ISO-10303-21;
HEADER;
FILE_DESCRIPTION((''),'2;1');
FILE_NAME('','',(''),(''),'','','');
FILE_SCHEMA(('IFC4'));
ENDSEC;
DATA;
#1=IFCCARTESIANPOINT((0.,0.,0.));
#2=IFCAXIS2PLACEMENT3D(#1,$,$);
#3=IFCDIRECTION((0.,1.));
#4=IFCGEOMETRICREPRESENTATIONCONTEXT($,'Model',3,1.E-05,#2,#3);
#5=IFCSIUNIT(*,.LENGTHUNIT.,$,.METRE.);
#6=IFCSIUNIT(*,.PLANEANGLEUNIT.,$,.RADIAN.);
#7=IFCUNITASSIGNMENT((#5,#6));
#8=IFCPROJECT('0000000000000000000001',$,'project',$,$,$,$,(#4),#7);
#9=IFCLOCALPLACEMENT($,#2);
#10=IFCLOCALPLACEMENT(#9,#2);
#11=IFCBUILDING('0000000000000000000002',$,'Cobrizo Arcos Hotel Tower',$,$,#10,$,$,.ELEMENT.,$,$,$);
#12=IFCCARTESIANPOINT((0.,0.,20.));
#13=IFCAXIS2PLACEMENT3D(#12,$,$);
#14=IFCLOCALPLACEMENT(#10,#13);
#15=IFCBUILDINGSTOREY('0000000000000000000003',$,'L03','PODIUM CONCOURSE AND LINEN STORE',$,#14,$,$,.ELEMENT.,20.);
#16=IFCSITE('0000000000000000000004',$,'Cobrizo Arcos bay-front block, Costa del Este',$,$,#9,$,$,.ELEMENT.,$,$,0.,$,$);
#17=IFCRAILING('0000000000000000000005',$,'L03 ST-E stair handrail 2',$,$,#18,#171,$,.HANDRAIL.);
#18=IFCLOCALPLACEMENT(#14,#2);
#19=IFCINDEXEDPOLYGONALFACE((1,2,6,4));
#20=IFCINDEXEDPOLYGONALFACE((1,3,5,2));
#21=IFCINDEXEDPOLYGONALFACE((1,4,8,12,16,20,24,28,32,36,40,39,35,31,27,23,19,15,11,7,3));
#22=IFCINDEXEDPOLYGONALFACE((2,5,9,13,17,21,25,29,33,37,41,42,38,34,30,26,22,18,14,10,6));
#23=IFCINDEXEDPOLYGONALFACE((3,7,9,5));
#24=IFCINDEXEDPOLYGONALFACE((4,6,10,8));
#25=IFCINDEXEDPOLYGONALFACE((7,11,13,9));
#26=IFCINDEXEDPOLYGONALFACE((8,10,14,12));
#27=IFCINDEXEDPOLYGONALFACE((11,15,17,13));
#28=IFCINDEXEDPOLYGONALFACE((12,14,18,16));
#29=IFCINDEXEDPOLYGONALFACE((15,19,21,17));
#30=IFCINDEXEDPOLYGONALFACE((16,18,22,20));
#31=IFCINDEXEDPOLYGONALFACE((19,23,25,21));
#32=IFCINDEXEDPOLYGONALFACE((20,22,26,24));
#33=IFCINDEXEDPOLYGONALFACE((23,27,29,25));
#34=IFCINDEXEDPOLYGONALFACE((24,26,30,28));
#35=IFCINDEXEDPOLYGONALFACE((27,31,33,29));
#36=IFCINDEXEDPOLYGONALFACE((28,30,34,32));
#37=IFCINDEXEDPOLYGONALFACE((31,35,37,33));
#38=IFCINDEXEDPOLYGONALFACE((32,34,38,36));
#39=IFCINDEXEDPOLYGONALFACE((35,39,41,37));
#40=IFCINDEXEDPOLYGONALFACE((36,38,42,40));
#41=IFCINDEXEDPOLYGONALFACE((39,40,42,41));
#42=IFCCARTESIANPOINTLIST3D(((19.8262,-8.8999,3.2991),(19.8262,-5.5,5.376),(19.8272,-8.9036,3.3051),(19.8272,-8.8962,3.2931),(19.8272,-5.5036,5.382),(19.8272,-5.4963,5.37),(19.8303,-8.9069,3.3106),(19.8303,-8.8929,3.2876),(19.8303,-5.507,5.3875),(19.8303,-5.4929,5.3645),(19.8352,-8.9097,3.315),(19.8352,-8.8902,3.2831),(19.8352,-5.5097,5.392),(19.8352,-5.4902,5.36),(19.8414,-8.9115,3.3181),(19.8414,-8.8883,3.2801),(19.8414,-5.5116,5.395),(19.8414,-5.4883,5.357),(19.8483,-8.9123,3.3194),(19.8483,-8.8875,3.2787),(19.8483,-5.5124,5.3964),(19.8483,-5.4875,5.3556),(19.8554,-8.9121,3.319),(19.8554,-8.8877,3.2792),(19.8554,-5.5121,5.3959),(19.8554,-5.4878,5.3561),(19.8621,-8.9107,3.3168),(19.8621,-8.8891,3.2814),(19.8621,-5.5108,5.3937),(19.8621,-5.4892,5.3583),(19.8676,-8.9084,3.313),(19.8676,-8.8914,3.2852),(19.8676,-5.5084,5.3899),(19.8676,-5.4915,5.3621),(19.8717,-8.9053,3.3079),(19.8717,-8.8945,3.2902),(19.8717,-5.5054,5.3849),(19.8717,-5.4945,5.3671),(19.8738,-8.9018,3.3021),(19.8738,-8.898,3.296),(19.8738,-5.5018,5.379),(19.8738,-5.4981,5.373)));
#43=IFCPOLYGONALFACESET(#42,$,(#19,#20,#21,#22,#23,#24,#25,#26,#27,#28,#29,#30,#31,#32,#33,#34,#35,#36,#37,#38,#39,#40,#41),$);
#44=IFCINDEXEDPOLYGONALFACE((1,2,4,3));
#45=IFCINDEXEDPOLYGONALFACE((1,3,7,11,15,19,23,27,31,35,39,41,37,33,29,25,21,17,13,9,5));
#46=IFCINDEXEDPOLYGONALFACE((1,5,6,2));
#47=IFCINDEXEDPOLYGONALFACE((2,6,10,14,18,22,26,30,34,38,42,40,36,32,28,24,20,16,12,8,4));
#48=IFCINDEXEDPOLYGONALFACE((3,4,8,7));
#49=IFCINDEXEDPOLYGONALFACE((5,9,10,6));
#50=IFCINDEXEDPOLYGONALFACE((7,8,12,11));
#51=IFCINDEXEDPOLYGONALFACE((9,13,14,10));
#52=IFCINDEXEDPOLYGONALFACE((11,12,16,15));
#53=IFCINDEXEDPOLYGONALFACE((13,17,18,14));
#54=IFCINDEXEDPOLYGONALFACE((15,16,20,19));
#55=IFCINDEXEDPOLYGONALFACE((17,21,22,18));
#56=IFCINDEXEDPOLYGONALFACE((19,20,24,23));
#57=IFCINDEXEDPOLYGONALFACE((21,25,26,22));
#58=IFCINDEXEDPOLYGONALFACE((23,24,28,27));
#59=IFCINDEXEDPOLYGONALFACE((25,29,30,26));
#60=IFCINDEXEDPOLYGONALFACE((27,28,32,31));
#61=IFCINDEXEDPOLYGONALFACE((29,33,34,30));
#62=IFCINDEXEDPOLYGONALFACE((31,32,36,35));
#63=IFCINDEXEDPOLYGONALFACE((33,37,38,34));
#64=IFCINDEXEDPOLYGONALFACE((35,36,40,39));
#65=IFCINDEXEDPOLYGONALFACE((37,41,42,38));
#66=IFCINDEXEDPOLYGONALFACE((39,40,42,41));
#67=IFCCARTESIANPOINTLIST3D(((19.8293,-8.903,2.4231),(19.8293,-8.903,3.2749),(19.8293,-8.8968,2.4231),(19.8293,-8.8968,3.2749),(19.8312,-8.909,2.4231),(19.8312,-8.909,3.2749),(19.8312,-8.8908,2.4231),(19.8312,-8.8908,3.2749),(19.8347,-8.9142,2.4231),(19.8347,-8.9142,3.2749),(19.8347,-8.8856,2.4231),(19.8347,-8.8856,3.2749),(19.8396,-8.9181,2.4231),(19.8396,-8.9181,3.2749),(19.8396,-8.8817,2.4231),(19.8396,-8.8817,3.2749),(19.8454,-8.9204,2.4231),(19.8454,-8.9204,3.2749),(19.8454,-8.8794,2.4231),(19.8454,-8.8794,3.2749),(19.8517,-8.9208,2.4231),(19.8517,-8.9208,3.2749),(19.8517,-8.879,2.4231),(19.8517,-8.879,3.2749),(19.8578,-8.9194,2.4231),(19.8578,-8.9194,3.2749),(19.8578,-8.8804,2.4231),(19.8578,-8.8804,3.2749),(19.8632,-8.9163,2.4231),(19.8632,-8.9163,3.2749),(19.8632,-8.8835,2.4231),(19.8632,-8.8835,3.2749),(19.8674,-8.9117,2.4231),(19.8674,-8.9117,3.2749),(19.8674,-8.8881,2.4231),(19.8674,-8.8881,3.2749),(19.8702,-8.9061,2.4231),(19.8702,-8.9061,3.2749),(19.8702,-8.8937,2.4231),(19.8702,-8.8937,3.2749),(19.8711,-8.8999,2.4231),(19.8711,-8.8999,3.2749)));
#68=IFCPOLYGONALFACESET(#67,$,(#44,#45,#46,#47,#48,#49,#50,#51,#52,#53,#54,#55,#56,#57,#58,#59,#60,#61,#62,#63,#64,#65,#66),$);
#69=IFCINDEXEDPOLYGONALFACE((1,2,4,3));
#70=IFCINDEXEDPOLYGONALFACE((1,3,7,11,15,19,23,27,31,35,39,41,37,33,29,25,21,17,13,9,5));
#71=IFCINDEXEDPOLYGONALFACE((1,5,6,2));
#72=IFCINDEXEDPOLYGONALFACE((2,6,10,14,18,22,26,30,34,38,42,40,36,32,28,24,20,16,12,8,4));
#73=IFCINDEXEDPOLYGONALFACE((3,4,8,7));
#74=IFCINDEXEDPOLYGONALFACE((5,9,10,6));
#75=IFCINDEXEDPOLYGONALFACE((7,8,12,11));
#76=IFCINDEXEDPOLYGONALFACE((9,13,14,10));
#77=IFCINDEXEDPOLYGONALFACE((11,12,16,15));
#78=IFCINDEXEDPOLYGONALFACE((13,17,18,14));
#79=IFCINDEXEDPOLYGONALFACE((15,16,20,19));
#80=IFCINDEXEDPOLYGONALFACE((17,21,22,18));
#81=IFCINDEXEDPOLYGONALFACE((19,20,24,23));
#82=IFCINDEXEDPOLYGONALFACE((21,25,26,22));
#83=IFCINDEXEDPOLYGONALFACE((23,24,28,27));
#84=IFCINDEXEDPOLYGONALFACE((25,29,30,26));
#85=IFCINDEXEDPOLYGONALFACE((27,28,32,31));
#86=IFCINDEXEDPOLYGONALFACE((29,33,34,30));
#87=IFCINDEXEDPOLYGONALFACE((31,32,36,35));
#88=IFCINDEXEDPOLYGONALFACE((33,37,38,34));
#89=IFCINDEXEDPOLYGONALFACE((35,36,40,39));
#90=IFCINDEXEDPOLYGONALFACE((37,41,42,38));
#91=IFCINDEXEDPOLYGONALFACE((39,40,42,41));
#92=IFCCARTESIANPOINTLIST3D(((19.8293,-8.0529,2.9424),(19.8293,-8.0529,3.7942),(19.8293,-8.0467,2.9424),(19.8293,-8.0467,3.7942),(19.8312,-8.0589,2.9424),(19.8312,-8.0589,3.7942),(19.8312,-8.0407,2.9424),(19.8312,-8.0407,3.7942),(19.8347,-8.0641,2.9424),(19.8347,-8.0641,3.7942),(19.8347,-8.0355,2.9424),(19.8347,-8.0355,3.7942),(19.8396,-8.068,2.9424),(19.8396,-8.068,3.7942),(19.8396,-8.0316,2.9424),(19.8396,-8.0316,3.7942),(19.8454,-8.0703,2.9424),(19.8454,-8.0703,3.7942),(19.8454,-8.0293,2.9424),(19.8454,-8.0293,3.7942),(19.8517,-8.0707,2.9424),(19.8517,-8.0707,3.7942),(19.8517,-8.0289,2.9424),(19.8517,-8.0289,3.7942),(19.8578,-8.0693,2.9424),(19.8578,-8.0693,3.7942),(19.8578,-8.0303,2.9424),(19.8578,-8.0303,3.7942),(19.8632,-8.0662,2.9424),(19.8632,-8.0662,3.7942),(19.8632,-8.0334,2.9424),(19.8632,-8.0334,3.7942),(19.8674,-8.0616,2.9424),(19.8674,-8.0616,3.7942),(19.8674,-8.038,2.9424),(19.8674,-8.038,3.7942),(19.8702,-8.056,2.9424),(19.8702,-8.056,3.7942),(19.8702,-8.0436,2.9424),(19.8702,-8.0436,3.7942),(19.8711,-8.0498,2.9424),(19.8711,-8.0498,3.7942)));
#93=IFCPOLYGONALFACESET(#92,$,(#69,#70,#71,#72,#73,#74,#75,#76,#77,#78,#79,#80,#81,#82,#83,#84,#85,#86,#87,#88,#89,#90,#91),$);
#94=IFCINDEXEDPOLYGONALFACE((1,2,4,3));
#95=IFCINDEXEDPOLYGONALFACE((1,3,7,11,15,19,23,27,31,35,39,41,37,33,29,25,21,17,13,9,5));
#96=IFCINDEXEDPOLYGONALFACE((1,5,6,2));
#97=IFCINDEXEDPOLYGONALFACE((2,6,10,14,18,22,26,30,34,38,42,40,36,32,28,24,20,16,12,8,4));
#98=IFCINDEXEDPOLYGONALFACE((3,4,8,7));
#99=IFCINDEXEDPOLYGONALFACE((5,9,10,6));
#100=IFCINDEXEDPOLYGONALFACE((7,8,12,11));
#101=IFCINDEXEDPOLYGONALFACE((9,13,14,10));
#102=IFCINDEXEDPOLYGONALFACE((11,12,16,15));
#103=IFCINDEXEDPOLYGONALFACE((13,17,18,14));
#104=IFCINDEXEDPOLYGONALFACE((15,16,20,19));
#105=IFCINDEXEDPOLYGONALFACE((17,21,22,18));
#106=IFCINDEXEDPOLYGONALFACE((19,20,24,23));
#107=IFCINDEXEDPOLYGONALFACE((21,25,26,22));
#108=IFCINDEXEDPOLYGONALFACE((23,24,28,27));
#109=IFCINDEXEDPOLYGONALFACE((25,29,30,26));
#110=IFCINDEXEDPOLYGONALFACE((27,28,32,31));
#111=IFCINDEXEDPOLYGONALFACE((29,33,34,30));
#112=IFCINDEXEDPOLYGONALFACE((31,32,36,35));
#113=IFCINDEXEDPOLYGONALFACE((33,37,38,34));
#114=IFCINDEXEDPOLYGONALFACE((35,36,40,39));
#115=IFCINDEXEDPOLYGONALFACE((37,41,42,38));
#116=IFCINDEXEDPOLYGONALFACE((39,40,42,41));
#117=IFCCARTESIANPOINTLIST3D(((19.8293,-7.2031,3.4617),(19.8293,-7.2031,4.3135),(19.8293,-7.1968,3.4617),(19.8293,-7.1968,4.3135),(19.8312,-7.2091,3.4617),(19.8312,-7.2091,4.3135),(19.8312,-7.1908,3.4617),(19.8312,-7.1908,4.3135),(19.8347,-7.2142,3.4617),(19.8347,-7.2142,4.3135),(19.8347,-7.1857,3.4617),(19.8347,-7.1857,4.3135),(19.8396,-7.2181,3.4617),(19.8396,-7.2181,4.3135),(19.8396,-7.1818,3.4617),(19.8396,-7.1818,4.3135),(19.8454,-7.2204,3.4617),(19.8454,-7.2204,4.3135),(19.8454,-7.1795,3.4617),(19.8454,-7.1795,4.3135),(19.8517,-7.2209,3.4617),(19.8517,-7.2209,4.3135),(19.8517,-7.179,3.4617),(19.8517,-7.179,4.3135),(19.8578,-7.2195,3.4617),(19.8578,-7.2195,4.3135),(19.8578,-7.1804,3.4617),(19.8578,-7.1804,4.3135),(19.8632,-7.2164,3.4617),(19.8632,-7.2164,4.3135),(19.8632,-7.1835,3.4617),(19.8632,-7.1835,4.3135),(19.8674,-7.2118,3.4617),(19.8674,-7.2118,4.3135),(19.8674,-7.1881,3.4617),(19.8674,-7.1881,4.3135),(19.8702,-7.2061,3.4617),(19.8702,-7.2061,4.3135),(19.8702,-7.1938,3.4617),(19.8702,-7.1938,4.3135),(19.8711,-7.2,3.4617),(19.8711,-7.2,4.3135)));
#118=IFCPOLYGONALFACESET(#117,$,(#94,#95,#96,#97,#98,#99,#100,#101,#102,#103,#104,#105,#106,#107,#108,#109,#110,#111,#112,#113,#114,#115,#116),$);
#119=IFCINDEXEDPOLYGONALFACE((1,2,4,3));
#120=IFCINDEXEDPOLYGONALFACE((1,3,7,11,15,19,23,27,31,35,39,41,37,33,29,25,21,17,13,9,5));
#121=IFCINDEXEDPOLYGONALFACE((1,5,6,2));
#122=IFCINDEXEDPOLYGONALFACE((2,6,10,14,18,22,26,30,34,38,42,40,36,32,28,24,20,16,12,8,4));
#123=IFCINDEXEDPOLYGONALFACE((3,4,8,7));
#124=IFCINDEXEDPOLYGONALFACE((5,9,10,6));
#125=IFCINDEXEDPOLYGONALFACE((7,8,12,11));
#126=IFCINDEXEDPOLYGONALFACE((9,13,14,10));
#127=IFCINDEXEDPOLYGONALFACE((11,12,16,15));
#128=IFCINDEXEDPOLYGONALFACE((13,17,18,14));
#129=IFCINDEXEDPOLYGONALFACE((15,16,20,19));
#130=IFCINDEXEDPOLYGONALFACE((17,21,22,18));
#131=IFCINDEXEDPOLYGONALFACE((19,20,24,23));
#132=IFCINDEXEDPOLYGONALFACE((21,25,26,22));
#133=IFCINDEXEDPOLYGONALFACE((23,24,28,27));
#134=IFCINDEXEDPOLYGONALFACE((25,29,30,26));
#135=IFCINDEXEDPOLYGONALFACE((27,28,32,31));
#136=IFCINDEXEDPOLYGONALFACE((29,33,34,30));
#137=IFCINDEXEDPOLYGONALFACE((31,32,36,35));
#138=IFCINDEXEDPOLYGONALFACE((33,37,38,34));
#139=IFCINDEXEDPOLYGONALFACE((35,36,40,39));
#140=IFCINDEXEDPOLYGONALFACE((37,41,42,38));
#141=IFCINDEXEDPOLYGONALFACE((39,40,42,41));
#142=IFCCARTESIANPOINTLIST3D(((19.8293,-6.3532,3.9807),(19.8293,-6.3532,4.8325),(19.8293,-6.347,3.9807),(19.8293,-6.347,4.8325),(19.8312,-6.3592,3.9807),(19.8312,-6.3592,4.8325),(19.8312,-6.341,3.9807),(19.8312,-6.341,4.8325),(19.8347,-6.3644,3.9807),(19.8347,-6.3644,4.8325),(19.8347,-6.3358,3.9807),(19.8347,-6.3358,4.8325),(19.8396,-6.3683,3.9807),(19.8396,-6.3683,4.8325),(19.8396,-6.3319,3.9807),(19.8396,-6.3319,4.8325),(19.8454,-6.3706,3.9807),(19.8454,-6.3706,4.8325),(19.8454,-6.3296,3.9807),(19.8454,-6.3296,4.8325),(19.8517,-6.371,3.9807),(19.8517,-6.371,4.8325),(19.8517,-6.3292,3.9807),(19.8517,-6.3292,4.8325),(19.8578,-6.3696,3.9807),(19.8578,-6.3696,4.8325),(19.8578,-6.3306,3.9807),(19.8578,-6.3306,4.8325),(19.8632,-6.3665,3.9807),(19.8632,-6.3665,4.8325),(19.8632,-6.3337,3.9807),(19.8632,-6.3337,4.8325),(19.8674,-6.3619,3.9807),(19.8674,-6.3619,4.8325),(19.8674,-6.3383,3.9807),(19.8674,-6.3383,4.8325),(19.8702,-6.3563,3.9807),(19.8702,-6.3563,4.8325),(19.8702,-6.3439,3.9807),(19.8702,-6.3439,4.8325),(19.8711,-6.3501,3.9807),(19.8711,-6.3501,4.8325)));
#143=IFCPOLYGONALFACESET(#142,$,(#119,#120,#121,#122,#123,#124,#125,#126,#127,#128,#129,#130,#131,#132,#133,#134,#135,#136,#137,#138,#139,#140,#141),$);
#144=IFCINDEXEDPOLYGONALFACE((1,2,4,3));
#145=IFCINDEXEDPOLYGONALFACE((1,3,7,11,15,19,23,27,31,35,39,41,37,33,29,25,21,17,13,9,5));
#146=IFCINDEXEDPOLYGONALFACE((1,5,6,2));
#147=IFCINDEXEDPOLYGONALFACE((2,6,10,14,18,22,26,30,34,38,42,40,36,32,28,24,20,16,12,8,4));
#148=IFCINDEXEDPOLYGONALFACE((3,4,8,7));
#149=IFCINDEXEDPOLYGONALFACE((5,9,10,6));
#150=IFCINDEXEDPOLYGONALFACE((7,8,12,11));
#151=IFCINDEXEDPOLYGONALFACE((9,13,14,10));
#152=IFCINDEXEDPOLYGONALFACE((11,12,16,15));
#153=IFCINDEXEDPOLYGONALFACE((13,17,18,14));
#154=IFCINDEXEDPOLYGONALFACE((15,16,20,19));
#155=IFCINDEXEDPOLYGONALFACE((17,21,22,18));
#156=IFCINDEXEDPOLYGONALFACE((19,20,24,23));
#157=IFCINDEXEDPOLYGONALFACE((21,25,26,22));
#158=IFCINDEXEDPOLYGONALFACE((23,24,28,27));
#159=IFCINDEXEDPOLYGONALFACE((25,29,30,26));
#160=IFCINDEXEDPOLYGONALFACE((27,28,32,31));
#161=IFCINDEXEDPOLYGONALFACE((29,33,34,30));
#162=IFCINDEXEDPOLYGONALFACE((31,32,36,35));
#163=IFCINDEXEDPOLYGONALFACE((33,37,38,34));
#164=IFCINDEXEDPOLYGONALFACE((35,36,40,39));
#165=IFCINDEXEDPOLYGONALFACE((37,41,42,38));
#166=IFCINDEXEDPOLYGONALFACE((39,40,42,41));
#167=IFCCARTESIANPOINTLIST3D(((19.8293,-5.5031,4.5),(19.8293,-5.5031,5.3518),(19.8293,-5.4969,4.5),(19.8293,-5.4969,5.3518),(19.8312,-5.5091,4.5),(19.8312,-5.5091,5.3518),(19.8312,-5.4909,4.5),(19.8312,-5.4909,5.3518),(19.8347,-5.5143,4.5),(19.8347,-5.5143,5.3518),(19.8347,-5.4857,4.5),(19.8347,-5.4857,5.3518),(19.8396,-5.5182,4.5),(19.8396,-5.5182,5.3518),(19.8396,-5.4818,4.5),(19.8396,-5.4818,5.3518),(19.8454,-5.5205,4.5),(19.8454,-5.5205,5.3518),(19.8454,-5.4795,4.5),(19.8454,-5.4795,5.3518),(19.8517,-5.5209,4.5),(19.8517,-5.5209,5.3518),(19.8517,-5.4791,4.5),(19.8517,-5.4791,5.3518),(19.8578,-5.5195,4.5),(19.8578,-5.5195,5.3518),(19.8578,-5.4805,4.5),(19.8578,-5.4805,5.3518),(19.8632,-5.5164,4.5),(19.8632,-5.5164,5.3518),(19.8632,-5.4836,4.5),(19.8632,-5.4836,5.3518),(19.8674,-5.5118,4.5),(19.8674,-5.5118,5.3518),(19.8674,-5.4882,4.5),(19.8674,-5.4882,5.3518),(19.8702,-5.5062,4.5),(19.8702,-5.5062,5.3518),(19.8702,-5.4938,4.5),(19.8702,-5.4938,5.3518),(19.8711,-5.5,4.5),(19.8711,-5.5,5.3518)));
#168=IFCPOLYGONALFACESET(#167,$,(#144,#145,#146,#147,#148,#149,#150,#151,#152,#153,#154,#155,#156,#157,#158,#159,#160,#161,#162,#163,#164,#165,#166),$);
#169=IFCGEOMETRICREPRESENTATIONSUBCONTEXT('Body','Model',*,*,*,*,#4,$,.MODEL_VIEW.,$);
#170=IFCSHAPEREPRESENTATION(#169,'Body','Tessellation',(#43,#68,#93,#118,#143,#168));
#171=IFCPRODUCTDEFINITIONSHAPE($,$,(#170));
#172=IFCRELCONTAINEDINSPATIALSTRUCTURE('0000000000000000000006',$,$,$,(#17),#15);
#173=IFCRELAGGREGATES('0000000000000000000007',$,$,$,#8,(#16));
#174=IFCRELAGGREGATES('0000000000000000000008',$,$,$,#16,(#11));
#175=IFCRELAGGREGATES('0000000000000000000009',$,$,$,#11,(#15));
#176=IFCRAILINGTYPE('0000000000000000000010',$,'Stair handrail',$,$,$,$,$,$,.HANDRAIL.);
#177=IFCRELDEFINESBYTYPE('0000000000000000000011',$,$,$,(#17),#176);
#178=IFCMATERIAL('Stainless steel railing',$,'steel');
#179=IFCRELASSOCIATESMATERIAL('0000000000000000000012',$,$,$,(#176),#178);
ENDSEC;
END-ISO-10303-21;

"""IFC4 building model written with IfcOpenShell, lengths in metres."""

from ifc_helpers import new_model, si_unit, direction, frame, origin, origin_2d, place, context, subcontext, project, spatial, circle, extrude, material, type_object, element, save


model = new_model("IFC4")

# Units and contexts
model_context = context("Model", 3, precision=1e-05, world=origin(), true_north=direction((0.0, 1.0)))
body_context = subcontext(model_context, "Body", "Model", "MODEL_VIEW")
ifc_project = project(units=[si_unit("LENGTHUNIT", "METRE"), si_unit("PLANEANGLEUNIT", "RADIAN")], contexts=[model_context])

# Site, building, storey
site_placement = place(None, origin())
site = spatial("IfcSite", under=ifc_project, at=site_placement, Name="Cobrizo Arcos bay-front block, Costa del Este", CompositionType="ELEMENT", RefElevation=0.0)
building_placement = place(site_placement, origin())
building = spatial("IfcBuilding", under=site, at=building_placement, Name="Cobrizo Arcos Hotel Tower", CompositionType="ELEMENT")
storey_placement = place(building_placement, frame((0.0, 0.0, 20.0)))
storey = spatial("IfcBuildingStorey", under=building, at=storey_placement, Name="L03", Description="PODIUM CONCOURSE AND LINEN STORE", CompositionType="ELEMENT", Elevation=20.0)

# Railing
ifc_material_1 = material(Name="Stainless steel railing", Category="steel")
railing_type_1 = type_object("IfcRailingType", Name="Stair handrail", PredefinedType="HANDRAIL", material=ifc_material_1)
railing_1_placement = place(storey_placement, frame((19.8501, -8.8999, 2.4231)))
element("IfcRailing", 1, at=railing_1_placement, inside=storey, type_object=railing_type_1, Name="L03 ST-E stair handrail 2", PredefinedType="HANDRAIL", context=body_context, shape_type="SweptSolid", body=[
    extrude(circle(Radius=0.0239, at=origin_2d()), frame((0.0, 0.0, 0.876), z_axis=(0.0, 0.853373, 0.521301), x_axis=(-1.0, 0.0, 0.0)), (0.0, 0.0, 1.0), 3.9841),
    extrude(circle(Radius=0.021, at=origin_2d()), origin(), (0.0, 0.0, 1.0), 0.8518),
    extrude(circle(Radius=0.021, at=origin_2d()), frame((0.0, 0.8501, 0.5193)), (0.0, 0.0, 1.0), 0.8518),
    extrude(circle(Radius=0.021, at=origin_2d()), frame((0.0, 1.7, 1.0386)), (0.0, 0.0, 1.0), 0.8518),
    extrude(circle(Radius=0.021, at=origin_2d()), frame((0.0, 2.5498, 1.5576)), (0.0, 0.0, 1.0), 0.8518),
    extrude(circle(Radius=0.021, at=origin_2d()), frame((0.0, 3.3999, 2.0769)), (0.0, 0.0, 1.0), 0.8518),
])

save(model, "model.ifc")
